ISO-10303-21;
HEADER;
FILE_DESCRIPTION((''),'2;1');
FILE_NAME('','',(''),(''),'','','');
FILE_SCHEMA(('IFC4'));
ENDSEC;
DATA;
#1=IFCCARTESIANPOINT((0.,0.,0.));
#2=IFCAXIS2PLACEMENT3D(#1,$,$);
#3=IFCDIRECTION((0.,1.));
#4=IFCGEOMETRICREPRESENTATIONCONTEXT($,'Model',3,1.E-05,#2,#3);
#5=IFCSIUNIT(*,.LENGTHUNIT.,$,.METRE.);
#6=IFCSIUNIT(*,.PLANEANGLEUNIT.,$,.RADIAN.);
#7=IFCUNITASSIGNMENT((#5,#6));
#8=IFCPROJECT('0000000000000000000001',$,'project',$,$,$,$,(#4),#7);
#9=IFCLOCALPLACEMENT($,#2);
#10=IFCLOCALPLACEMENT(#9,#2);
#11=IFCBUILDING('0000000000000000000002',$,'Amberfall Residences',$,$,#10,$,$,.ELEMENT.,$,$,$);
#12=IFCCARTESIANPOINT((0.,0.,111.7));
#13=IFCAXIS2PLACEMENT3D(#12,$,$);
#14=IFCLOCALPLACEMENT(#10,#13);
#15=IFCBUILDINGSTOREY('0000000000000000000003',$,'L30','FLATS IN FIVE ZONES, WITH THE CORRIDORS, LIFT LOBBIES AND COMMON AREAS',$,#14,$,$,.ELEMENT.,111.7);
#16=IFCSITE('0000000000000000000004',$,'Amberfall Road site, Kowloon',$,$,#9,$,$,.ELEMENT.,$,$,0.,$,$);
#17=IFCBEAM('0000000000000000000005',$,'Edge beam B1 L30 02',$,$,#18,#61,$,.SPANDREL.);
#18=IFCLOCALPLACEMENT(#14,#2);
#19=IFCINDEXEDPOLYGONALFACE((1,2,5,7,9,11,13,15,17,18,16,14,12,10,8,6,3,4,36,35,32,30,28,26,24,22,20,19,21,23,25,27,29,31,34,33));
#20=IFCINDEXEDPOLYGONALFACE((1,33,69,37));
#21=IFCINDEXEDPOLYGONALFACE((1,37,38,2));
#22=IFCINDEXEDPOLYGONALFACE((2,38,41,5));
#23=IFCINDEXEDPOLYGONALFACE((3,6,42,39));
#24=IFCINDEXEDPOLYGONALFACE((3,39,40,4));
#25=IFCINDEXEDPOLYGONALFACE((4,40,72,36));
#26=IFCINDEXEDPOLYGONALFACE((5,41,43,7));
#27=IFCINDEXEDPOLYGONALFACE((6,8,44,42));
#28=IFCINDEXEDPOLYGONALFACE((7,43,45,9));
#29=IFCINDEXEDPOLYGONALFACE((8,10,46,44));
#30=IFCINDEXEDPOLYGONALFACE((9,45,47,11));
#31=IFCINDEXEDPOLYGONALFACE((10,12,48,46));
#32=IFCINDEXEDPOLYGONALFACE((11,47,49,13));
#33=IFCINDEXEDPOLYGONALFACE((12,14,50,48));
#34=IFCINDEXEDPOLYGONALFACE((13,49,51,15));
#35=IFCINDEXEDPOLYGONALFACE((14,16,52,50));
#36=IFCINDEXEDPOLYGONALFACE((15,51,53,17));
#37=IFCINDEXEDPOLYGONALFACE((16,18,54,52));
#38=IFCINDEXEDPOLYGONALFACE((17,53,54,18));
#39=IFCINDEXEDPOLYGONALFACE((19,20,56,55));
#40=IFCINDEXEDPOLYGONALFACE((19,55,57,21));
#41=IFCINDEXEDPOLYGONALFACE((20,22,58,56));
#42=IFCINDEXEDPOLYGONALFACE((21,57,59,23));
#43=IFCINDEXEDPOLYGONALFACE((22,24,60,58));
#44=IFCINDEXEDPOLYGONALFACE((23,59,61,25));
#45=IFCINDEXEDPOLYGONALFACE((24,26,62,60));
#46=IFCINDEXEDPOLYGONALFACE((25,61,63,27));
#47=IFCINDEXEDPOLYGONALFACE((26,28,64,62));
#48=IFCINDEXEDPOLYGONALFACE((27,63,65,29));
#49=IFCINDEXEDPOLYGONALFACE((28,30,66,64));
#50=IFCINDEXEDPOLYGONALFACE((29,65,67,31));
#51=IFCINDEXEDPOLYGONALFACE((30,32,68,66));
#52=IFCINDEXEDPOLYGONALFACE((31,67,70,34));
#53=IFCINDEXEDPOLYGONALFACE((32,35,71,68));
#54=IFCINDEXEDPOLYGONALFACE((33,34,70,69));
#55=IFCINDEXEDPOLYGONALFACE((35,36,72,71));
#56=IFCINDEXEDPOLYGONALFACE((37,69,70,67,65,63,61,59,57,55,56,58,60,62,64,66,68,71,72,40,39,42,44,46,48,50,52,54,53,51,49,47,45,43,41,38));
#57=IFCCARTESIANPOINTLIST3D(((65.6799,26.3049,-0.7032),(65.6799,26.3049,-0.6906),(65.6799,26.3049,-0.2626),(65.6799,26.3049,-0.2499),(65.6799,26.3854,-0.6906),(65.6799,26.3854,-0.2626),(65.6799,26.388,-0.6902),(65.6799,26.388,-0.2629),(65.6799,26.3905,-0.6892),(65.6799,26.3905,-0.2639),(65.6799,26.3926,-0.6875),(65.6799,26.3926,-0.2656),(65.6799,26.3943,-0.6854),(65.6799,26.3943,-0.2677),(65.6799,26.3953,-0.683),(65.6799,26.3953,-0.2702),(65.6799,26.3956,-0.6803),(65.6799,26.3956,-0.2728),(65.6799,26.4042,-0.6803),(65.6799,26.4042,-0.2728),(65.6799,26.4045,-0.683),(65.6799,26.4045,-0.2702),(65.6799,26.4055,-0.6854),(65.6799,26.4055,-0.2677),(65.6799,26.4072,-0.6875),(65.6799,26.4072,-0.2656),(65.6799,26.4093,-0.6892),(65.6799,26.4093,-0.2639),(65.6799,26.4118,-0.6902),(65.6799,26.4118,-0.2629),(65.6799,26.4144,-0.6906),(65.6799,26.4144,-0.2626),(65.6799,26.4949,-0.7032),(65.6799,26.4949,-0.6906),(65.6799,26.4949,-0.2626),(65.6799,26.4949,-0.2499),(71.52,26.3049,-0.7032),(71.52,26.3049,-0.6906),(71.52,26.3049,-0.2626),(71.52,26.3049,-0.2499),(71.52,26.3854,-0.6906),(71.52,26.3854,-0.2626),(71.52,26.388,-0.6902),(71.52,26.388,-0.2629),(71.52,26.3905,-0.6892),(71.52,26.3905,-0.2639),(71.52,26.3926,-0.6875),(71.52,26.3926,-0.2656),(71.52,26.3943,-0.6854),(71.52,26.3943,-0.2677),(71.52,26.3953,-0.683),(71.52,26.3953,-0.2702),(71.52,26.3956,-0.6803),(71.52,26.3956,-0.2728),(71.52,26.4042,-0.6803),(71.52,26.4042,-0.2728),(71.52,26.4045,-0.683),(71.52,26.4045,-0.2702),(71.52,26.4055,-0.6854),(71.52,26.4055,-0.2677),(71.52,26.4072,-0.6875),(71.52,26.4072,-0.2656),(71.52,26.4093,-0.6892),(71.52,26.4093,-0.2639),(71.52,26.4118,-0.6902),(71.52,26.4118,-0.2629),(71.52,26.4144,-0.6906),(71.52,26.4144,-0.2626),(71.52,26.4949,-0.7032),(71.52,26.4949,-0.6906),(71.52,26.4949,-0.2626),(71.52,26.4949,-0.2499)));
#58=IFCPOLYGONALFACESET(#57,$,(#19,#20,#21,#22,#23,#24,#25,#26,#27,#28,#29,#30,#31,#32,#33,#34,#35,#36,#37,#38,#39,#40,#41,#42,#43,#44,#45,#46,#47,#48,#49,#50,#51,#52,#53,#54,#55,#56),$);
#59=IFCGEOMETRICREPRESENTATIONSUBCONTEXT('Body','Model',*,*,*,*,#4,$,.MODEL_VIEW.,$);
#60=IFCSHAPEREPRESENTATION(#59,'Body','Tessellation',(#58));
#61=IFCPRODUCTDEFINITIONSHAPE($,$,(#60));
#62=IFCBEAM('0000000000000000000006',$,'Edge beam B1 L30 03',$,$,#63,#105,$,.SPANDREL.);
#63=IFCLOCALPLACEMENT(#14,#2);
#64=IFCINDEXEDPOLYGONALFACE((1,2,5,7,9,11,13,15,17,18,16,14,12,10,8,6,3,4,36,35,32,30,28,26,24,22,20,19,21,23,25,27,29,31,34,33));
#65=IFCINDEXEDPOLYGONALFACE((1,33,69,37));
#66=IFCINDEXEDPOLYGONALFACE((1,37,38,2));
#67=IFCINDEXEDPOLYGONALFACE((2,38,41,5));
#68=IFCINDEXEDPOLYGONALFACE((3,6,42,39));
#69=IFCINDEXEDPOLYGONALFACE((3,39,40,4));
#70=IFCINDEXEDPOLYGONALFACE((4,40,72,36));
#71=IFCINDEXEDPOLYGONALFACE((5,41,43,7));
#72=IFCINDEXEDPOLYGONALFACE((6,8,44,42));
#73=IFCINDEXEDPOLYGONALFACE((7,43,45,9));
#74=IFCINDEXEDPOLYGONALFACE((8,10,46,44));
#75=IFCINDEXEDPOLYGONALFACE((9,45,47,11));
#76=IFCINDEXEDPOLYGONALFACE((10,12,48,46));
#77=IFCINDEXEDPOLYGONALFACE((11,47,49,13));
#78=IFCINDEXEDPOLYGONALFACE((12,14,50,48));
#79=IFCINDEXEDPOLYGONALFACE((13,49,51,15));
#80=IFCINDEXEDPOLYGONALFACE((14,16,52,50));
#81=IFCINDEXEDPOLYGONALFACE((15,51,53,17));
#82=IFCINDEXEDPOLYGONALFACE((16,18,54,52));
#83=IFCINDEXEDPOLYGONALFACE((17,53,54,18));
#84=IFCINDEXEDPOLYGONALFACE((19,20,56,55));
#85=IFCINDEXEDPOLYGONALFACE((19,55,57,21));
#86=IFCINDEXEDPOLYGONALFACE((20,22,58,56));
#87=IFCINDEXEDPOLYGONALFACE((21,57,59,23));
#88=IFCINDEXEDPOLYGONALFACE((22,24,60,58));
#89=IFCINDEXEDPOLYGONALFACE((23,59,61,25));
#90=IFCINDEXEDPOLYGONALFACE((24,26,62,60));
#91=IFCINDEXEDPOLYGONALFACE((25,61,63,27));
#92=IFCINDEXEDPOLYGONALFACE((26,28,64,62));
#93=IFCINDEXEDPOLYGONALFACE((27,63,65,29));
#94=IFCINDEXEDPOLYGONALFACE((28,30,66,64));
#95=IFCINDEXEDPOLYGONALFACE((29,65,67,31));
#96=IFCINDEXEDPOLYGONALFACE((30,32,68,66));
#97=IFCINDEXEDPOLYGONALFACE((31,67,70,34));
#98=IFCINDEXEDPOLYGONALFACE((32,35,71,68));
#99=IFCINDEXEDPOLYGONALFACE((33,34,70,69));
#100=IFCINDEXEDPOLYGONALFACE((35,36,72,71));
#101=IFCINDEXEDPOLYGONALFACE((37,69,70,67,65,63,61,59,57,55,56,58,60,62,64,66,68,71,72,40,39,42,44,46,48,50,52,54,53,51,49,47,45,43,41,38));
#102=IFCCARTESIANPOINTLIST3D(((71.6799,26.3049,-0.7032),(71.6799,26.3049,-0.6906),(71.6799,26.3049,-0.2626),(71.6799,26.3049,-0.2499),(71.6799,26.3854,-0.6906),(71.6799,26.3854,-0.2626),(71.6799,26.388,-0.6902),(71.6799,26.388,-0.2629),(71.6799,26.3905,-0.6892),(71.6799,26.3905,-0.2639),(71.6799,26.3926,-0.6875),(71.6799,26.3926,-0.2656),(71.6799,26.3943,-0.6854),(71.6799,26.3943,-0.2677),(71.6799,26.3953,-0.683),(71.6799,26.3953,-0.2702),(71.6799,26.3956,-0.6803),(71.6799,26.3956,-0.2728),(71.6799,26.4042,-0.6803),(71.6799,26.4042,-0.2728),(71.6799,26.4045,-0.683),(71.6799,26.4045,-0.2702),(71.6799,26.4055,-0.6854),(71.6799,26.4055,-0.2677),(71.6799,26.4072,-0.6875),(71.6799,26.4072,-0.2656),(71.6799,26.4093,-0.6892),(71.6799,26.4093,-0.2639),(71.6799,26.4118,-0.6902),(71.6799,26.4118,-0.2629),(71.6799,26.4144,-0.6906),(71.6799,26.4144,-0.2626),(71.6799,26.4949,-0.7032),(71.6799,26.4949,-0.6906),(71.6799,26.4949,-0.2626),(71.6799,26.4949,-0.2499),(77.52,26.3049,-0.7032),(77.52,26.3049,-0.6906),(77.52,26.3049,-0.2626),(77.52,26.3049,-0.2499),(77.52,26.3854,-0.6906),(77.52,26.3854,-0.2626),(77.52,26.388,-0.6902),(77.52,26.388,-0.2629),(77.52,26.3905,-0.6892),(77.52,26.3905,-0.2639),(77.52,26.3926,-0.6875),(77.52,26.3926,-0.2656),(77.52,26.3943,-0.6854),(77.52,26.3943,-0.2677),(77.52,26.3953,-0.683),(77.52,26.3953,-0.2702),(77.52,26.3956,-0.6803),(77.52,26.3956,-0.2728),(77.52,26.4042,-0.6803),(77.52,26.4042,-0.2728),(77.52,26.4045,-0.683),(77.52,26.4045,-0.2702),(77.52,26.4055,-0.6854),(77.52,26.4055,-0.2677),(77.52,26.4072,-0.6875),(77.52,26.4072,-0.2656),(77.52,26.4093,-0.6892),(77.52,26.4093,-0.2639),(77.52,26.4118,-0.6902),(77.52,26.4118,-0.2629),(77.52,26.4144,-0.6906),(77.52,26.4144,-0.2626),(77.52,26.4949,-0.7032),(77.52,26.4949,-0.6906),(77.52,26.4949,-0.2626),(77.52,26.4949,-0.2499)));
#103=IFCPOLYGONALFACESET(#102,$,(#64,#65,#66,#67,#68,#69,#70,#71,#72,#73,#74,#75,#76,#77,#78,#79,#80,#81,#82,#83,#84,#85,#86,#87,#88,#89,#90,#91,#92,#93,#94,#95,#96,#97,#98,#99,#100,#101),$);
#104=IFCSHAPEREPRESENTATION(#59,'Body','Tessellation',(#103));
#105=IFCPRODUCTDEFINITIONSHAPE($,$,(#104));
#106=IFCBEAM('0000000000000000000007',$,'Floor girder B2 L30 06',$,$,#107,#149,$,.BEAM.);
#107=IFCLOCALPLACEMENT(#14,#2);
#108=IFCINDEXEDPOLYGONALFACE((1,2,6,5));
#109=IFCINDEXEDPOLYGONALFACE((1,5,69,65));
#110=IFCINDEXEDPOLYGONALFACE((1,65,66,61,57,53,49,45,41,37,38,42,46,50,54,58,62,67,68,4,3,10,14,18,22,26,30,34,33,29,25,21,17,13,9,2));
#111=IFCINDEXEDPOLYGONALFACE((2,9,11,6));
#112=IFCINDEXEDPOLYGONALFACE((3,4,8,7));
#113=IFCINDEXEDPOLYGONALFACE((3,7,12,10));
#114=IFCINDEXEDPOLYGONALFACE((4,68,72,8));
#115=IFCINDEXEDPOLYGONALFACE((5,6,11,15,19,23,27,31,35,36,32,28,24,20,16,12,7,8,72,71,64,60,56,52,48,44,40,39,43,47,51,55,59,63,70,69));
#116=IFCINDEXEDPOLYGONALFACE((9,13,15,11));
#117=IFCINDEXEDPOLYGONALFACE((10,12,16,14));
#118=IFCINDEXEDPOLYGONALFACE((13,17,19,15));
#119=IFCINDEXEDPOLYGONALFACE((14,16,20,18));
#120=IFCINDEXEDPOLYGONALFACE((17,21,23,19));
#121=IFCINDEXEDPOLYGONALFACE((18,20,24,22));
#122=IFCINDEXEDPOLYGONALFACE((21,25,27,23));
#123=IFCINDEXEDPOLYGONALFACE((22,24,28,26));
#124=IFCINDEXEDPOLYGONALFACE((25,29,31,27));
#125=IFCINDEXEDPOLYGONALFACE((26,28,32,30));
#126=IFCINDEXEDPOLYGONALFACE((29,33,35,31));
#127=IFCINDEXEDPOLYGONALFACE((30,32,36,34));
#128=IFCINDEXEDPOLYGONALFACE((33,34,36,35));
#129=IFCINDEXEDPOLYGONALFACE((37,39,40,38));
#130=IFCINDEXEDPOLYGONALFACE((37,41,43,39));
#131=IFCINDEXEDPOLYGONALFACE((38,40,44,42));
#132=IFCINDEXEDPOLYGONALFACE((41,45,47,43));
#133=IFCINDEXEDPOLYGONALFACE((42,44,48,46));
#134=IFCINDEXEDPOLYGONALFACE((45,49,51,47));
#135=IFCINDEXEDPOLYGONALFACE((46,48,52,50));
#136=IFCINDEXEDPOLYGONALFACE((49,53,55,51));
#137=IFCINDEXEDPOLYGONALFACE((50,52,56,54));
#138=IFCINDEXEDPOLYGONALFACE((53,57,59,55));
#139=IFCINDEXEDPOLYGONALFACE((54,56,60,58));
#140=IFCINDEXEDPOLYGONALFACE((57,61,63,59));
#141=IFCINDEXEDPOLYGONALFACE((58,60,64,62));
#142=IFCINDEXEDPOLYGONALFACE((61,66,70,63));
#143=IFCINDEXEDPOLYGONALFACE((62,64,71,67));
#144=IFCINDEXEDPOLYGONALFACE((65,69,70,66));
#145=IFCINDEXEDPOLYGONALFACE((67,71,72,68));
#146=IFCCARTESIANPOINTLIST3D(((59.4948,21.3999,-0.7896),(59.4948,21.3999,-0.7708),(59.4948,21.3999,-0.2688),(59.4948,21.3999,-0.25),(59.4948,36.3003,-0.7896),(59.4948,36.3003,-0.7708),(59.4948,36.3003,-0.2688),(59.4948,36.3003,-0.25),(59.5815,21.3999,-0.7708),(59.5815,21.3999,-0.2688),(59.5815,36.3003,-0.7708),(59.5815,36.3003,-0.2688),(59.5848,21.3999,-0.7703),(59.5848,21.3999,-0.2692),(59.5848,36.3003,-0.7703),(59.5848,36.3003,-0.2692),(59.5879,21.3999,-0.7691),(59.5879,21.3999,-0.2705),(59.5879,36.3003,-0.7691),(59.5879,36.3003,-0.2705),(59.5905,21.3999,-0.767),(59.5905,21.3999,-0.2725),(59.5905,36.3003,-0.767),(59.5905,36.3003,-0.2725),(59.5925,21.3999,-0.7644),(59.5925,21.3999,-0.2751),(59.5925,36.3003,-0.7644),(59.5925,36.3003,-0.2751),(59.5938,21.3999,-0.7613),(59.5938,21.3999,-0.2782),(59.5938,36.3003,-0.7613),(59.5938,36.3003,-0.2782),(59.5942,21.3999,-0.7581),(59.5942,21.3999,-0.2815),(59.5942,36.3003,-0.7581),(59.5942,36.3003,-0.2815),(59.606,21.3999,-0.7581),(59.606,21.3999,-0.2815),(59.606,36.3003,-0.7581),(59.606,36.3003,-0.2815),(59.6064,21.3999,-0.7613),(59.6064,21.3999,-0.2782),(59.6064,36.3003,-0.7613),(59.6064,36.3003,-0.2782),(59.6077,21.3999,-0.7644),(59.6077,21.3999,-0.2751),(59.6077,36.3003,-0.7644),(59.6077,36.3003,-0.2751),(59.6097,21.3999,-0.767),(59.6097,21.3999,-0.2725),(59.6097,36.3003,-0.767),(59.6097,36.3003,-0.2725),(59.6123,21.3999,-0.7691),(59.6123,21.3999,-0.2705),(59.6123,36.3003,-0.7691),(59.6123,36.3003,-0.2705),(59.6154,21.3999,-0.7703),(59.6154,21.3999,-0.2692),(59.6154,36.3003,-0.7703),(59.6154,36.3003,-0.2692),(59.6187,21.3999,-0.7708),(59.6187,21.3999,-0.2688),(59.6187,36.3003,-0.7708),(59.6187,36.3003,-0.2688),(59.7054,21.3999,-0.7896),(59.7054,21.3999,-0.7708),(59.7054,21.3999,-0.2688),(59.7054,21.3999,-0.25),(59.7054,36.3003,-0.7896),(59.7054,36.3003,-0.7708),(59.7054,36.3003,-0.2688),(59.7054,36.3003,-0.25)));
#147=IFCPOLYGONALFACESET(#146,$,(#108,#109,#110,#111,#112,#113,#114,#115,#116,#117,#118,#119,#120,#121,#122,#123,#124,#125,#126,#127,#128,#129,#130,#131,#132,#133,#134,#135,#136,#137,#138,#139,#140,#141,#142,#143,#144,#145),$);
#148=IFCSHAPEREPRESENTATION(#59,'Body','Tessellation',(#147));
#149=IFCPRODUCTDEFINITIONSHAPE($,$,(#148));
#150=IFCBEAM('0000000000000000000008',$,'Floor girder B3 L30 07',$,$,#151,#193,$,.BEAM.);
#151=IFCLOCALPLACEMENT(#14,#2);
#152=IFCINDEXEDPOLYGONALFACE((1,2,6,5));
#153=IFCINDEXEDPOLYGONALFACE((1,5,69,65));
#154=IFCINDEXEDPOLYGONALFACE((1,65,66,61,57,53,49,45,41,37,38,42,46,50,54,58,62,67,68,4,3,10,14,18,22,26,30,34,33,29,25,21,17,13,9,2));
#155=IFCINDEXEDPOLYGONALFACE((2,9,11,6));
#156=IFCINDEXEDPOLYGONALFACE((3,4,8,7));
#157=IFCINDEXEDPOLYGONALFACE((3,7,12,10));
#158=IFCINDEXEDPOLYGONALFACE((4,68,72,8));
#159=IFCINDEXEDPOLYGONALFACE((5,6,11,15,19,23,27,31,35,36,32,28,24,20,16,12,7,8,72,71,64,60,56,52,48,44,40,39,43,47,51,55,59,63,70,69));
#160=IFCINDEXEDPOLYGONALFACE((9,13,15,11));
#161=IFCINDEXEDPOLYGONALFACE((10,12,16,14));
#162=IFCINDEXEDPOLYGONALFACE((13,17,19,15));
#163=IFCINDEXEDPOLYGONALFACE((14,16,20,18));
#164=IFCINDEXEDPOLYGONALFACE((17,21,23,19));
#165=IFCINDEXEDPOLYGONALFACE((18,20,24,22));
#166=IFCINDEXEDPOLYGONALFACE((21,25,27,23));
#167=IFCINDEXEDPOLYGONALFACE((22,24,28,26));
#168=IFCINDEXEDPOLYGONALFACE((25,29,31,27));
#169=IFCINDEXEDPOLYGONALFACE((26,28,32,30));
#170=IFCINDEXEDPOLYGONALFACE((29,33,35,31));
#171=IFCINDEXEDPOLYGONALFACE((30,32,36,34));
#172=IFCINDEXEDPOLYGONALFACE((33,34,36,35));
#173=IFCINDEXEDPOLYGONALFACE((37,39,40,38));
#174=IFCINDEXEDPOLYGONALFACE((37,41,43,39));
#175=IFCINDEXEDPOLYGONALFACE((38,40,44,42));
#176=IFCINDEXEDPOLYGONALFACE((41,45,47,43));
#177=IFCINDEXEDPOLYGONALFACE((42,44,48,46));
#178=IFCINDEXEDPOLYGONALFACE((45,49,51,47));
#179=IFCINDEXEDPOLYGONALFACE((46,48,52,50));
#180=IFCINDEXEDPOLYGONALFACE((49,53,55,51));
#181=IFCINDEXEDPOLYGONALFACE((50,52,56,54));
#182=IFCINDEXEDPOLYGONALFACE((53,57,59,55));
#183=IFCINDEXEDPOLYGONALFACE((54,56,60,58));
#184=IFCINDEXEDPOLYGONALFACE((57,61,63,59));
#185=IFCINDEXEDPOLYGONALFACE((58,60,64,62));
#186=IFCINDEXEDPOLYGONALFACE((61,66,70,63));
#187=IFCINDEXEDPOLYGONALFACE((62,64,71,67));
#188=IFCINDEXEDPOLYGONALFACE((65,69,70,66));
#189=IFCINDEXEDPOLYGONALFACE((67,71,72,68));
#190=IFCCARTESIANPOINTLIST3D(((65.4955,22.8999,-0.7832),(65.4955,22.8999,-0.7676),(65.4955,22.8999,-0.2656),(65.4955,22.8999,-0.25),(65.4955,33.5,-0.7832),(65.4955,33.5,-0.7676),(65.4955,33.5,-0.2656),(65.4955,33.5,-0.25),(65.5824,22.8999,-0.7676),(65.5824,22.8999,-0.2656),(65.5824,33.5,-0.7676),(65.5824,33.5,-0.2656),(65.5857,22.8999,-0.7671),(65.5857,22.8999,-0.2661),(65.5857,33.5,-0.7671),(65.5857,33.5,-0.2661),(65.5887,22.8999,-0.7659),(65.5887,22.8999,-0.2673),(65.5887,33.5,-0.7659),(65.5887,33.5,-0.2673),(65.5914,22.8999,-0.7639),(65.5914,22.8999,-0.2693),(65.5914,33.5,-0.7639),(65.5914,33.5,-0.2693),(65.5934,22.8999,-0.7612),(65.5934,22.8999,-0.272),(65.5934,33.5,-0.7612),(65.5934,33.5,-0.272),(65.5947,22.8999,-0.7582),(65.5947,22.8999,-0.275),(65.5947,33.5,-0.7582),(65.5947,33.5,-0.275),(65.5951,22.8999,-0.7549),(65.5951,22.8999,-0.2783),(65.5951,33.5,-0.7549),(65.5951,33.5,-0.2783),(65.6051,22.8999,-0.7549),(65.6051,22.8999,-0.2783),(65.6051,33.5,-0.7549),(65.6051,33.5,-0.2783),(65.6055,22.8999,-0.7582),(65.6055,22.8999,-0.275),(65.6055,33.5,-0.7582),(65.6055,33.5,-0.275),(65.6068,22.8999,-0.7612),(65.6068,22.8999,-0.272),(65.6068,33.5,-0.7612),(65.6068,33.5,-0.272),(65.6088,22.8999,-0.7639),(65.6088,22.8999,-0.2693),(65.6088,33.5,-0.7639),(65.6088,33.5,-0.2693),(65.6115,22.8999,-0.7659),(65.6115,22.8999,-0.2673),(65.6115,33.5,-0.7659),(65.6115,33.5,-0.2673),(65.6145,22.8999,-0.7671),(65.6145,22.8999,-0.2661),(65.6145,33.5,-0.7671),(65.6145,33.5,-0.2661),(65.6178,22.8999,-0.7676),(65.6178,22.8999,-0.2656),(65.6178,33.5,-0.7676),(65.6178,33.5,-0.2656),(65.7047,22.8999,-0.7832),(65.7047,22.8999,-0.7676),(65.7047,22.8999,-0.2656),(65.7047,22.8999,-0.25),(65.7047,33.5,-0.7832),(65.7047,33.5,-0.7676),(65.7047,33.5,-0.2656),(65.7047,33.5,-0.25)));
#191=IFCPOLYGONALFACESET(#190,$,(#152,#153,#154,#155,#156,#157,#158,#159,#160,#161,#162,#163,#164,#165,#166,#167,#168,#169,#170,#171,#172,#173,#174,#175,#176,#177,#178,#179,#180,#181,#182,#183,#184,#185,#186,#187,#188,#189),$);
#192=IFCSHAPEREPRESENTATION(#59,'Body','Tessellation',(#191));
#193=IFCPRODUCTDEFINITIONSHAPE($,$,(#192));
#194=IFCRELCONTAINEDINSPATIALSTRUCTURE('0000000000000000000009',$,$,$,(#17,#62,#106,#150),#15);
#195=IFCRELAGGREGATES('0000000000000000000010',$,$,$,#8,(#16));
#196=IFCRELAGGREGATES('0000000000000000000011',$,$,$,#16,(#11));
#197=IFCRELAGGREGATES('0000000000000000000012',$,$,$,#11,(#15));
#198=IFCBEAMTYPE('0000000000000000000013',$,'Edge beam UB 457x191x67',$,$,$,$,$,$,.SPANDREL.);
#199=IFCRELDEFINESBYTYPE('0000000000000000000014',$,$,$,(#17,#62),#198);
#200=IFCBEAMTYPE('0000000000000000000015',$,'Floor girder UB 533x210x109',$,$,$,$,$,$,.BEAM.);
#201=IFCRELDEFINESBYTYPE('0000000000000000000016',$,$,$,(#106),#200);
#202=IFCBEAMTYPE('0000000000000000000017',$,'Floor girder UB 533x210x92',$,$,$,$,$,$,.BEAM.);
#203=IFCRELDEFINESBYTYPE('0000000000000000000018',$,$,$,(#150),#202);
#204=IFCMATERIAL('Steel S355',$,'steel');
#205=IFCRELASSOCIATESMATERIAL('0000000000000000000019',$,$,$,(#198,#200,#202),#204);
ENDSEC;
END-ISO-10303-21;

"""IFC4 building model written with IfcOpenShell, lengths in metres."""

from ifc_helpers import new_model, si_unit, direction, frame, origin, origin_2d, place, context, subcontext, project, spatial, i_section, extrude, material, material_profile, profile_set, type_object, element, save


model = new_model("IFC4")

# Units and contexts
model_context = context("Model", 3, precision=1e-05, world=origin(), true_north=direction((0.0, 1.0)))
body_context = subcontext(model_context, "Body", "Model", "MODEL_VIEW")
ifc_project = project(units=[si_unit("LENGTHUNIT", "METRE"), si_unit("PLANEANGLEUNIT", "RADIAN")], contexts=[model_context])

# Site, building, storey
site_placement = place(None, origin())
site = spatial("IfcSite", under=ifc_project, at=site_placement, Name="Amberfall Road site, Kowloon", CompositionType="ELEMENT", RefElevation=0.0)
building_placement = place(site_placement, origin())
building = spatial("IfcBuilding", under=site, at=building_placement, Name="Amberfall Residences", CompositionType="ELEMENT")
storey_placement = place(building_placement, frame((0.0, 0.0, 111.7)))
storey = spatial("IfcBuildingStorey", under=building, at=storey_placement, Name="L30", Description="FLATS IN FIVE ZONES, WITH THE CORRIDORS, LIFT LOBBIES AND COMMON AREAS", CompositionType="ELEMENT", Elevation=111.7)

# Beams
ifc_material_1 = material(Name="Steel S355", Category="steel")
ifc_material_profile_1 = material_profile(ifc_material_1, i_section(OverallWidth=0.1899, OverallDepth=0.4534, WebThickness=0.0085, FlangeThickness=0.0127, FilletRadius=0.0103, at=origin_2d()), Name="UB 457x191x67")
ifc_profile_set_1 = profile_set([ifc_material_profile_1], Name="Steel S355")
beam_type_1 = type_object("IfcBeamType", Name="Edge beam UB 457x191x67", PredefinedType="SPANDREL", material=ifc_profile_set_1)
for number, where, z_axis, x_axis, name in (
    (1, (65.6799, 26.3999, -0.4766), (1.0, 0.0, 0.0), (0.0, 1.0, 0.0), "Edge beam B1 L30 02"),
    (2, (71.6799, 26.3999, -0.4766), (1.0, 0.0, 0.0), (0.0, 1.0, 0.0), "Edge beam B1 L30 03"),
):
    element("IfcBeam", number, at=place(storey_placement, frame(where, z_axis=z_axis, x_axis=x_axis)), inside=storey, type_object=beam_type_1, Name=name, PredefinedType="SPANDREL", context=body_context, shape_type="SweptSolid", body=[
        extrude(i_section(OverallWidth=0.1899, OverallDepth=0.4534, WebThickness=0.0085, FlangeThickness=0.0127, FilletRadius=0.0103, at=origin_2d()), origin(), (0.0, 0.0, 1.0), 5.8401),
    ])
ifc_material_profile_2 = material_profile(ifc_material_1, i_section(OverallWidth=0.2107, OverallDepth=0.5396, WebThickness=0.0117, FlangeThickness=0.0188, FilletRadius=0.0127, at=origin_2d()), Name="UB 533x210x109")
ifc_profile_set_2 = profile_set([ifc_material_profile_2], Name="Steel S355")
beam_type_2 = type_object("IfcBeamType", Name="Floor girder UB 533x210x109", PredefinedType="BEAM", material=ifc_profile_set_2)
beam_placement = place(storey_placement, frame((59.6001, 21.3999, -0.5198), z_axis=(0.0, 1.0, 0.0), x_axis=(-1.0, 0.0, 0.0)))
element("IfcBeam", 3, at=beam_placement, inside=storey, type_object=beam_type_2, Name="Floor girder B2 L30 06", PredefinedType="BEAM", context=body_context, shape_type="SweptSolid", body=[
    extrude(i_section(OverallWidth=0.2107, OverallDepth=0.5396, WebThickness=0.0117, FlangeThickness=0.0188, FilletRadius=0.0127, at=origin_2d()), origin(), (0.0, 0.0, 1.0), 14.9004),
])
ifc_material_profile_3 = material_profile(ifc_material_1, i_section(OverallWidth=0.2092, OverallDepth=0.5332, WebThickness=0.01, FlangeThickness=0.0156, FilletRadius=0.0127, at=origin_2d()), Name="UB 533x210x92")
ifc_profile_set_3 = profile_set([ifc_material_profile_3], Name="Steel S355")
beam_type_3 = type_object("IfcBeamType", Name="Floor girder UB 533x210x92", PredefinedType="BEAM", material=ifc_profile_set_3)
for number, where, z_axis, x_axis, name in (
    (4, (65.6001, 22.8999, -0.5166), (0.0, 1.0, 0.0), (-1.0, 0.0, 0.0), "Floor girder B3 L30 07"),
):
    element("IfcBeam", number, at=place(storey_placement, frame(where, z_axis=z_axis, x_axis=x_axis)), inside=storey, type_object=beam_type_3, Name=name, PredefinedType="BEAM", context=body_context, shape_type="SweptSolid", body=[
        extrude(i_section(OverallWidth=0.2092, OverallDepth=0.5332, WebThickness=0.01, FlangeThickness=0.0156, FilletRadius=0.0127, at=origin_2d()), origin(), (0.0, 0.0, 1.0), 10.6001),
    ])

save(model, "model.ifc")
